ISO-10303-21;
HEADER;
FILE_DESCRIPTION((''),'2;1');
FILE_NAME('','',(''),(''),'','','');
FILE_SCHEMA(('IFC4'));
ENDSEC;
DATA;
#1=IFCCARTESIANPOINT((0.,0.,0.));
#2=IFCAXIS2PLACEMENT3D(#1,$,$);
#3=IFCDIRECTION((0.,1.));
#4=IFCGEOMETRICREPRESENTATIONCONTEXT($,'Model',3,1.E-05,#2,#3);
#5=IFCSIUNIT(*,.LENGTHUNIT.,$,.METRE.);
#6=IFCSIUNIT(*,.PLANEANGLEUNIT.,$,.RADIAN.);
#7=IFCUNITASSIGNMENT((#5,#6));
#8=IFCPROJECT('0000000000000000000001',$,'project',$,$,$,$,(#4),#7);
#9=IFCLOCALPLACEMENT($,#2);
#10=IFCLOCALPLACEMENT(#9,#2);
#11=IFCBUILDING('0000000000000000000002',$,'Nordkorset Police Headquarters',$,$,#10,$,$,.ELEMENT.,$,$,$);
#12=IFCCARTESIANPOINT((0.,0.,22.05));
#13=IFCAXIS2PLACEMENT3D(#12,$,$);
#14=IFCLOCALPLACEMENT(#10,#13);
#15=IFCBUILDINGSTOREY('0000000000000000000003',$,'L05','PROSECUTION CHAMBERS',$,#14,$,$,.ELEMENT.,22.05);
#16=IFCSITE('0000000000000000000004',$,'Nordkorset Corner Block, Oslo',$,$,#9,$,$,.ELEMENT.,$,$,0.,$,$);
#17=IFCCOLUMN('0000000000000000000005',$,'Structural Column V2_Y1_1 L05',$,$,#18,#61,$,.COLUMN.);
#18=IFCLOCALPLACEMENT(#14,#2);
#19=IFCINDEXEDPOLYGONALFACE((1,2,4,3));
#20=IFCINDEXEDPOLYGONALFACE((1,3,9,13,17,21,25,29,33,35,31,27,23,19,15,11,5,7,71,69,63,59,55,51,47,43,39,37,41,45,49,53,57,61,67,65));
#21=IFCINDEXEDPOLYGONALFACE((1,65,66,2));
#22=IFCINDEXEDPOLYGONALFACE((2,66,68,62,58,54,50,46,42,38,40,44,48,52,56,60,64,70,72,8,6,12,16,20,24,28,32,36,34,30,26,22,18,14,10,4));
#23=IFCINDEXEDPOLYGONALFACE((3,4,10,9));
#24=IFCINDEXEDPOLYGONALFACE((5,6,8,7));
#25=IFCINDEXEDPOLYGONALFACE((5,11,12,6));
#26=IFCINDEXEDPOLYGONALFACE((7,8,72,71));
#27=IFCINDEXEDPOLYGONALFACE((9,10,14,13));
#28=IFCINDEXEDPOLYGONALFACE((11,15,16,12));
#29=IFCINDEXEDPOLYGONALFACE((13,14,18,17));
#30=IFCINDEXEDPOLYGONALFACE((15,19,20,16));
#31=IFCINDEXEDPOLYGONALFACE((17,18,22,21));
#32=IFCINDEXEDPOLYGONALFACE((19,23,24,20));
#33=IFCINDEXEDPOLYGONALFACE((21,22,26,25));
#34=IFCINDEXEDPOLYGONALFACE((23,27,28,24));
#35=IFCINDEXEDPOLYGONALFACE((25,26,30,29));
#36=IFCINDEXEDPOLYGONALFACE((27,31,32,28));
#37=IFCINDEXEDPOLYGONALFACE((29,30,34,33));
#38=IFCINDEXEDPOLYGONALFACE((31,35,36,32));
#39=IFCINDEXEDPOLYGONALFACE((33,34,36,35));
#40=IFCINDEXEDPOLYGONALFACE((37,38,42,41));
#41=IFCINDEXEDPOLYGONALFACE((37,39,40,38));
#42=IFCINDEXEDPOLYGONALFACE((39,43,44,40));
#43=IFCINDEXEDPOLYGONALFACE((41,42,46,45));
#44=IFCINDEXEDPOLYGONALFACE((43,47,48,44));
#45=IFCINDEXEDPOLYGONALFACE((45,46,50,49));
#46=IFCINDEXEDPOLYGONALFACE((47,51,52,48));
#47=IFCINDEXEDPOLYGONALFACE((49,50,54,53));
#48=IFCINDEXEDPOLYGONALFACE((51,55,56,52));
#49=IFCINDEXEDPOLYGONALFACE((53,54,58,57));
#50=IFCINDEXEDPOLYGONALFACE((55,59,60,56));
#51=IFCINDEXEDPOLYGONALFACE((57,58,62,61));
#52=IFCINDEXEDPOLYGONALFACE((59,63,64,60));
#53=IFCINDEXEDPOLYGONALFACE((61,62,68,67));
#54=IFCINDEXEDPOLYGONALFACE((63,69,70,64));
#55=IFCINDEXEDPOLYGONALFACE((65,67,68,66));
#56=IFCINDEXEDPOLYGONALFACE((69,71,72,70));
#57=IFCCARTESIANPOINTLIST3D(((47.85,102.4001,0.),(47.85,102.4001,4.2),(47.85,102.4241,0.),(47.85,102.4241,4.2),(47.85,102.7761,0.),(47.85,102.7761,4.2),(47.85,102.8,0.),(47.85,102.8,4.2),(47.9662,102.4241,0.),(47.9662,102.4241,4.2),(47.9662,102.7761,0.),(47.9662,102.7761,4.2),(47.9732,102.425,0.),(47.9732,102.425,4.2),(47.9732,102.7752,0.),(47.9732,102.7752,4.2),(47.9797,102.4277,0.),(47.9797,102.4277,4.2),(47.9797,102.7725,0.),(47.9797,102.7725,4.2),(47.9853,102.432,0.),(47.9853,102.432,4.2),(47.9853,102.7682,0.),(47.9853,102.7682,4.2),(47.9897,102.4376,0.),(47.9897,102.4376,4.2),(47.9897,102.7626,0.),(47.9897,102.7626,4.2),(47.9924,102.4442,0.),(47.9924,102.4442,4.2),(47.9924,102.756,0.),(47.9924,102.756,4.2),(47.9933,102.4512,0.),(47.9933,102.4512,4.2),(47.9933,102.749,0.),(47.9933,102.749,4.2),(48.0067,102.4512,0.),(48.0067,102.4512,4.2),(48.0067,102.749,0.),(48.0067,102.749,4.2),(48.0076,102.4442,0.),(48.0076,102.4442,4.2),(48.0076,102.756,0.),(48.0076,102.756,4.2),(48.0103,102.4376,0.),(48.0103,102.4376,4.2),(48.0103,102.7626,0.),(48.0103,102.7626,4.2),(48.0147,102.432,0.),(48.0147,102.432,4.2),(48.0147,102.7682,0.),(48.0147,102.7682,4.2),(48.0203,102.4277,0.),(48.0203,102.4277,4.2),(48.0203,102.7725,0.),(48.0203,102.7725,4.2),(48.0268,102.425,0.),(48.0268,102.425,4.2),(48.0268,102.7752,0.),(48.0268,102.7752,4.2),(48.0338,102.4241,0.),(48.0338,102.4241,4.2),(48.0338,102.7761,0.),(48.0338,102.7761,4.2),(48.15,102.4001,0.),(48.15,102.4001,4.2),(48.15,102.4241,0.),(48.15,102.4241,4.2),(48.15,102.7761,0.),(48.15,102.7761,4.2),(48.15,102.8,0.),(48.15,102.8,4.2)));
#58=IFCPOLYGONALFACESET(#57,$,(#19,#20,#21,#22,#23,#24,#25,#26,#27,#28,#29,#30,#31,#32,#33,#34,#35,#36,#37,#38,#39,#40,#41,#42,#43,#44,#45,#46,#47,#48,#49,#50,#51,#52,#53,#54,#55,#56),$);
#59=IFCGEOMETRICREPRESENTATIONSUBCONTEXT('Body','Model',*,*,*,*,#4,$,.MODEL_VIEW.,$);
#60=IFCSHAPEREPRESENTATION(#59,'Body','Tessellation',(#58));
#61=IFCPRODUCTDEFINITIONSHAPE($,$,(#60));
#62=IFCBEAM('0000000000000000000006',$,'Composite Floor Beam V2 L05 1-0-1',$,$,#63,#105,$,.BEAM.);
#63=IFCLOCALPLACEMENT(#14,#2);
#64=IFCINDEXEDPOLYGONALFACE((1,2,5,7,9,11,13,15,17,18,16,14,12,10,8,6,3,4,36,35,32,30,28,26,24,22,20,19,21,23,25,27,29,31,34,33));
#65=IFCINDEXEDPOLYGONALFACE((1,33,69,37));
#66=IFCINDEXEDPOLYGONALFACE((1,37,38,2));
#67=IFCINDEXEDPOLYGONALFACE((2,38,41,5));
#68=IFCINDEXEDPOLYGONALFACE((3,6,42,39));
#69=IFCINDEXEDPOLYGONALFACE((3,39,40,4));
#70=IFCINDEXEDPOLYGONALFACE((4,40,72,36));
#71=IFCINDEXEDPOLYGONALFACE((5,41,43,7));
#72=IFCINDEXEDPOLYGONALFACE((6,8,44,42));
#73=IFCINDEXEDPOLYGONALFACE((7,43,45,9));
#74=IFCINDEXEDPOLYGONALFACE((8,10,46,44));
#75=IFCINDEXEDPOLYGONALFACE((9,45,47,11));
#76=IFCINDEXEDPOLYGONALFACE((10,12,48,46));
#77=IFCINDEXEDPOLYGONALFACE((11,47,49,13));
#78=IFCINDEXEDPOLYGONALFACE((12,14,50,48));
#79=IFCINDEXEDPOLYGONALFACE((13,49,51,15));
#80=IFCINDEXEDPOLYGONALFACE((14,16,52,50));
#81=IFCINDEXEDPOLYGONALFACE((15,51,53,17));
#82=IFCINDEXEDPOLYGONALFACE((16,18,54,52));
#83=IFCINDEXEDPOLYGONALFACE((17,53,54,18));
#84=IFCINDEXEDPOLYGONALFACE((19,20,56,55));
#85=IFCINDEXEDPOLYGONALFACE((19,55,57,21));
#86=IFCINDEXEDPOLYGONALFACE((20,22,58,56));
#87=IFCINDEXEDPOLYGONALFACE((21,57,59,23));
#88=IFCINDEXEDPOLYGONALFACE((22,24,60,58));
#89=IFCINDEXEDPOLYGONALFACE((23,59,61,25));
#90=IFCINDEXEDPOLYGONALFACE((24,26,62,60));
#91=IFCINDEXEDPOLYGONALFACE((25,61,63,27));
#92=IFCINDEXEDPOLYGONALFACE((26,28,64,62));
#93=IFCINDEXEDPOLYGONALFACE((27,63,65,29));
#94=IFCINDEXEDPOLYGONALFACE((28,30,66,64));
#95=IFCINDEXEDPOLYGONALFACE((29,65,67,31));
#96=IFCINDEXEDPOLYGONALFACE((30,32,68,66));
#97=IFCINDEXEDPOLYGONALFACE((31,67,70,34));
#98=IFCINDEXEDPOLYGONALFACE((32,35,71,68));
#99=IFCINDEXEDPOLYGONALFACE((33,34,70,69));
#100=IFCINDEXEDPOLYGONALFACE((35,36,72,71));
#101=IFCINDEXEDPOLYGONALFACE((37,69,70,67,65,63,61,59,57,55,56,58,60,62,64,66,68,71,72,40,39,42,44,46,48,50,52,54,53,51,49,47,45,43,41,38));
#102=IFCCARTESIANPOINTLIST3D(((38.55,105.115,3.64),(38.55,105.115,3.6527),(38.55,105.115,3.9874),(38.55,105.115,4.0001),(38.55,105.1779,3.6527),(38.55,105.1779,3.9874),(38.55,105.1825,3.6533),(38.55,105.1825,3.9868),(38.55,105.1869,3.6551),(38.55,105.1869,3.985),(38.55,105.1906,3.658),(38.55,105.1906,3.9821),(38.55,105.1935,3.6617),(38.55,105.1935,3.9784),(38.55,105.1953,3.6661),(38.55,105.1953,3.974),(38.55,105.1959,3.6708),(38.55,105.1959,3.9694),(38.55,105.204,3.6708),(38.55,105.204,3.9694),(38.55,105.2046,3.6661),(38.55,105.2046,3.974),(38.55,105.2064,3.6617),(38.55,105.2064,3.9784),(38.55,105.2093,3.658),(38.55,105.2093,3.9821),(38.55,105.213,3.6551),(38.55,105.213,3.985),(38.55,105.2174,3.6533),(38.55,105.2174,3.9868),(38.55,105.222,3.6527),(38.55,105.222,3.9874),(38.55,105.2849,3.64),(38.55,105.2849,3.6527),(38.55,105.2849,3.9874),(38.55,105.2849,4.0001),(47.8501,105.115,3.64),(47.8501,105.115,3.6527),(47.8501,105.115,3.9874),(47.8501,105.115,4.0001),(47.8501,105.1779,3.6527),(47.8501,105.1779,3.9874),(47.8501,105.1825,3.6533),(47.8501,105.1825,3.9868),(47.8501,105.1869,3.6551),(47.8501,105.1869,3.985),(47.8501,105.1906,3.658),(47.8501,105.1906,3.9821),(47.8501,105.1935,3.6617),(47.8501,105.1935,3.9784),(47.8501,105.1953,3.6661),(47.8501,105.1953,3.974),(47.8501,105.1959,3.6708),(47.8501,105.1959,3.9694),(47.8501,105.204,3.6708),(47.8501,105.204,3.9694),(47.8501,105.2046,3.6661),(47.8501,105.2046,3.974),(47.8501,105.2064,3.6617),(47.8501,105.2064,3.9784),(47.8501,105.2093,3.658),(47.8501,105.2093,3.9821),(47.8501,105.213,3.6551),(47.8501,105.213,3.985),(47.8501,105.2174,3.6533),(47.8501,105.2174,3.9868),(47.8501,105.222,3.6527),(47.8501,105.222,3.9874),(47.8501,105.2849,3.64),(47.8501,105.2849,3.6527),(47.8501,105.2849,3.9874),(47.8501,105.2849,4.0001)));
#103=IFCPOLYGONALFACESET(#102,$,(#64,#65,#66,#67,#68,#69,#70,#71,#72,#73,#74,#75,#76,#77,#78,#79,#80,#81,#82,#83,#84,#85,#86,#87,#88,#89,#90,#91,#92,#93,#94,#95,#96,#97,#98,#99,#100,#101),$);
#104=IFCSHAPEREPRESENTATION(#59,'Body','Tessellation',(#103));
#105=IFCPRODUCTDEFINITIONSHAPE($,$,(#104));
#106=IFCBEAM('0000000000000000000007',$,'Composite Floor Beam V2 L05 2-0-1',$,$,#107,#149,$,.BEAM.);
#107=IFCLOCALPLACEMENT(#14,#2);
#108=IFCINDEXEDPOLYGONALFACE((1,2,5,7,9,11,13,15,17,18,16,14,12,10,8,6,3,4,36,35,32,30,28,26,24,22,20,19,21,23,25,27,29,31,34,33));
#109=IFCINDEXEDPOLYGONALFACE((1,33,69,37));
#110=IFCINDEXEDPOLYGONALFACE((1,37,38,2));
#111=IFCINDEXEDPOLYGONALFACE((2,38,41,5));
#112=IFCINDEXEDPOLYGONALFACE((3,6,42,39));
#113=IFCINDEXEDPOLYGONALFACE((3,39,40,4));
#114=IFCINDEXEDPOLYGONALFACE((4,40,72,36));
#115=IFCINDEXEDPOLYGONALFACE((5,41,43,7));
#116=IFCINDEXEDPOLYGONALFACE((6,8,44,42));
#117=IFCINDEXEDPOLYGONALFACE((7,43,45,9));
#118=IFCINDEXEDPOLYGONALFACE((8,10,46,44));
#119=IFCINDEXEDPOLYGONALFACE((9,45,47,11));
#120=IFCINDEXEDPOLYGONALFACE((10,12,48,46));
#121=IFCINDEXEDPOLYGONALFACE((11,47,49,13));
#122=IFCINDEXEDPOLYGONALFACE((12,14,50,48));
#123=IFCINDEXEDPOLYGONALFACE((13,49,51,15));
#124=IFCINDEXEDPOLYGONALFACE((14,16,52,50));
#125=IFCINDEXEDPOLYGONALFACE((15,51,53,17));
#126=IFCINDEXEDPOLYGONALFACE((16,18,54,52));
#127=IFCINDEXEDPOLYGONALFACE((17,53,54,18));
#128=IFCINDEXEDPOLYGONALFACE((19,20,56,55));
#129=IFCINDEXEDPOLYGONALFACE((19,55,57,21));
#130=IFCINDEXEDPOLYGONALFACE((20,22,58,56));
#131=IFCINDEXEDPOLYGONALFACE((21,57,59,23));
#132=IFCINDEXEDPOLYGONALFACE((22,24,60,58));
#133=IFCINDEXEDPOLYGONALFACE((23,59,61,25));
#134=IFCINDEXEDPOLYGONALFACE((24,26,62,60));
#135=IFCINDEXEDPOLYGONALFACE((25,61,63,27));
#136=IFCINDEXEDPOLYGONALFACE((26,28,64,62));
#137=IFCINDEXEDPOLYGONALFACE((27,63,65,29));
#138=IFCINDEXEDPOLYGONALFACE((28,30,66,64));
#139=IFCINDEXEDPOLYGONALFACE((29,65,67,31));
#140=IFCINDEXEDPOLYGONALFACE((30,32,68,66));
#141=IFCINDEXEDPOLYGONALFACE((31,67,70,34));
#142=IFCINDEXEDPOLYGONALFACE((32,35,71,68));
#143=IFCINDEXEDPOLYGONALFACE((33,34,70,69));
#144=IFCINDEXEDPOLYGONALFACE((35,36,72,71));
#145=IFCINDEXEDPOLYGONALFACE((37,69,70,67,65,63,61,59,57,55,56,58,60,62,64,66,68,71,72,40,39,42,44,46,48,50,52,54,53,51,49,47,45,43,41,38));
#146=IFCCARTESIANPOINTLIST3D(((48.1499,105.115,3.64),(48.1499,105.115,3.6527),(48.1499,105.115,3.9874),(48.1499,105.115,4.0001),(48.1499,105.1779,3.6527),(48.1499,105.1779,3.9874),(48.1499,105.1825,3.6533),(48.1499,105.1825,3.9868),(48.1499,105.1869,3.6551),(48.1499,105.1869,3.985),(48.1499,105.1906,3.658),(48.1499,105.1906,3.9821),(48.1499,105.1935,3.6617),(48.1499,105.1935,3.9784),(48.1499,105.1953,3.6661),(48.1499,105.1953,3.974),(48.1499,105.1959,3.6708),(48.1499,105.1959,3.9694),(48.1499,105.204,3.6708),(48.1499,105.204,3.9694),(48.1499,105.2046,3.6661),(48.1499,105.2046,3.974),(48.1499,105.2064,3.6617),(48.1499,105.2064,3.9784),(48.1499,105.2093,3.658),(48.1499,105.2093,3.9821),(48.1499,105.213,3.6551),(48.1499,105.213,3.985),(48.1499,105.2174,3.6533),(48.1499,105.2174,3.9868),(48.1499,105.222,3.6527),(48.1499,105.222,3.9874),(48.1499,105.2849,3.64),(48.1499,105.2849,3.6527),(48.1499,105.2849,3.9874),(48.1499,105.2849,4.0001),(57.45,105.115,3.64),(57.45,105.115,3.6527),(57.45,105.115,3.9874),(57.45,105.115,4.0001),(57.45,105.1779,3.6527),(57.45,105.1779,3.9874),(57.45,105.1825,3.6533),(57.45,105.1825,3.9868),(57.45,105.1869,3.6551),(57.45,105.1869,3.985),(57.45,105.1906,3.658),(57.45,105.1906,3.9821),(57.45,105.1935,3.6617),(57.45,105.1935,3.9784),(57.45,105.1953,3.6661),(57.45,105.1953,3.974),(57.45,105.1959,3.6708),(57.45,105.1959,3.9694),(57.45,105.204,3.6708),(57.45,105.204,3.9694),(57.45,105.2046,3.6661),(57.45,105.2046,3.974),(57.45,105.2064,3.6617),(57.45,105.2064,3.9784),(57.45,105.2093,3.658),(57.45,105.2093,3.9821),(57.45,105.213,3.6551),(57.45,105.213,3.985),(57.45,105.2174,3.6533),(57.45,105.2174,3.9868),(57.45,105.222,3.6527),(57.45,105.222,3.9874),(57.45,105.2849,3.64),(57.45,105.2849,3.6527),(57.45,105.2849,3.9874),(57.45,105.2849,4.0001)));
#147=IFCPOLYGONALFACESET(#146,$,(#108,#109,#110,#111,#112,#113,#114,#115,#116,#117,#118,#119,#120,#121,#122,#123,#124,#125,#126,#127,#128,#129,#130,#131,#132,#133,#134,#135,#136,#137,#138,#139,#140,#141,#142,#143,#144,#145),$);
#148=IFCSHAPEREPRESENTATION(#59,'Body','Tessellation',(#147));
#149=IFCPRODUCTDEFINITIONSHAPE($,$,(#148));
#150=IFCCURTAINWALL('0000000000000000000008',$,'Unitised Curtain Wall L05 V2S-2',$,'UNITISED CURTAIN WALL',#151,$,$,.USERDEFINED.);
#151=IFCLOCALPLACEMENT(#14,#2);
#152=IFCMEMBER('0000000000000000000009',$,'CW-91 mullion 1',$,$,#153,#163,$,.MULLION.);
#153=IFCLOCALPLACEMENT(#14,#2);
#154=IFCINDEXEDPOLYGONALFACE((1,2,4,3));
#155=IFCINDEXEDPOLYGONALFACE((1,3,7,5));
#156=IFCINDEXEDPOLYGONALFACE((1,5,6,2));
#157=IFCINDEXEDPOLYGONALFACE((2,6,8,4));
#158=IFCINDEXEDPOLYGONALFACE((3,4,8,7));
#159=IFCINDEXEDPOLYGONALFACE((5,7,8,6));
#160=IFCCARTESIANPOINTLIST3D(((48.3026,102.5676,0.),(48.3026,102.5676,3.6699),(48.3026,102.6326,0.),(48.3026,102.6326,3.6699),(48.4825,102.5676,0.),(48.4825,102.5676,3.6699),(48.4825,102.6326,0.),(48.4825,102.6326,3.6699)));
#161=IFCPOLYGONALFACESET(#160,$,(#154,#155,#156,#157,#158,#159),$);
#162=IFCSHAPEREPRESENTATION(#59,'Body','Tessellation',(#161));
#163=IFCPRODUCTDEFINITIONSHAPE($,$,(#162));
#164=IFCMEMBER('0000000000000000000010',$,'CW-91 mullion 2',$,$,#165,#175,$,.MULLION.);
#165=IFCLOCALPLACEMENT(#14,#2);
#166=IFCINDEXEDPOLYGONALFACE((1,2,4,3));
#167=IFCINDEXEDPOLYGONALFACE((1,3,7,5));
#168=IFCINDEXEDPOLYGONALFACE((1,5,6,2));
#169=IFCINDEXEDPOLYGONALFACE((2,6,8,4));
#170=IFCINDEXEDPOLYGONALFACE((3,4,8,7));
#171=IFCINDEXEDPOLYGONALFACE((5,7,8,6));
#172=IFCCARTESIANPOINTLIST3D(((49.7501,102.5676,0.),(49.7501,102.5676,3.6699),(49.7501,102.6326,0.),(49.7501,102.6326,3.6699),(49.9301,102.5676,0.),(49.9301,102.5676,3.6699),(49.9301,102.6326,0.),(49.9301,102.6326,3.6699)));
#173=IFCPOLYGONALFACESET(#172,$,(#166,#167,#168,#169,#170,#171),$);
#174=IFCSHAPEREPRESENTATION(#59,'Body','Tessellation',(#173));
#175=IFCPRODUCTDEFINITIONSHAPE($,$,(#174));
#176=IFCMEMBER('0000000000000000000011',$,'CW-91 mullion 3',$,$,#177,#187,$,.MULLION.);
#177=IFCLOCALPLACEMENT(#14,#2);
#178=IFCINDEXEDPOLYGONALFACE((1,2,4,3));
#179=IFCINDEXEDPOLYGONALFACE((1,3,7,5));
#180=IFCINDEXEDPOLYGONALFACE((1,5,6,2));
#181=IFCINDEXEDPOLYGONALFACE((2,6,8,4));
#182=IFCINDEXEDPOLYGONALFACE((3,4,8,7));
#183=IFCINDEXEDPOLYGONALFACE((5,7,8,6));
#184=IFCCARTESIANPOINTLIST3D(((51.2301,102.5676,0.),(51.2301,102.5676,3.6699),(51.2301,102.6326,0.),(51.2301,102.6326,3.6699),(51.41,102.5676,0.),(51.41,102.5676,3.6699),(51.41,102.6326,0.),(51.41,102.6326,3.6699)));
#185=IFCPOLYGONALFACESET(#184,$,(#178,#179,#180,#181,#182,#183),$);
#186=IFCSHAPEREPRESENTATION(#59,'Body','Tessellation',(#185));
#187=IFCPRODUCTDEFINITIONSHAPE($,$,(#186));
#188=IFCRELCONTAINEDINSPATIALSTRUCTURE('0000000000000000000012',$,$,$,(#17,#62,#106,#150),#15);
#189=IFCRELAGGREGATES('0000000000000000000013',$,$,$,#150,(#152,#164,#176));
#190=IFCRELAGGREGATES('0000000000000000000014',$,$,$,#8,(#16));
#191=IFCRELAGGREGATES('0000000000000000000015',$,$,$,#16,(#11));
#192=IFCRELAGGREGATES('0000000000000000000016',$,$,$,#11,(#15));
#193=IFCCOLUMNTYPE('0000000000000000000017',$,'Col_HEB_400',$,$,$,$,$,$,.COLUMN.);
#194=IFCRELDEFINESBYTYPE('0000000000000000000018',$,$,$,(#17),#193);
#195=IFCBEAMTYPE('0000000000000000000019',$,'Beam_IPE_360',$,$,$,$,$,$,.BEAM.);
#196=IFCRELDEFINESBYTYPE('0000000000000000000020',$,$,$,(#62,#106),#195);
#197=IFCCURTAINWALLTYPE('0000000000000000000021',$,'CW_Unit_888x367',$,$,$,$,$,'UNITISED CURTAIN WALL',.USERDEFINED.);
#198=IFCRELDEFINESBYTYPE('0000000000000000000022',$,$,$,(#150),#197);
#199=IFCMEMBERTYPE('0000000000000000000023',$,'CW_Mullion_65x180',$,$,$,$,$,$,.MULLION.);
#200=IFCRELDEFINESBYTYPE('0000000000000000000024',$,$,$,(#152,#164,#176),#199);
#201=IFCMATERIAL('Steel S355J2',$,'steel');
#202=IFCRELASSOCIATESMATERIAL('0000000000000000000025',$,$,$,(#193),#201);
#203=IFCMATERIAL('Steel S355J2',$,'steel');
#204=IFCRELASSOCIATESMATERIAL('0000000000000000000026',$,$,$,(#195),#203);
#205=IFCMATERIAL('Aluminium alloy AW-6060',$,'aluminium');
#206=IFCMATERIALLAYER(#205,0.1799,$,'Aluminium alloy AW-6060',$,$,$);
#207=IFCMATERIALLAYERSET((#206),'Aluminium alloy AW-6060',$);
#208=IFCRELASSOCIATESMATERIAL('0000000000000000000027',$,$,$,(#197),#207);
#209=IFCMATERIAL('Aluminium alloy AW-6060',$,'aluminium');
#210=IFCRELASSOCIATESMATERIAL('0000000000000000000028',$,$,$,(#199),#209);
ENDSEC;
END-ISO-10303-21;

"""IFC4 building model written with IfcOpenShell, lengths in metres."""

from ifc_helpers import new_model, si_unit, direction, frame, origin, origin_2d, place, context, subcontext, project, spatial, rectangle, i_section, extrude, material, layer, layer_set, material_profile, profile_set, type_object, element, aggregate, save


model = new_model("IFC4")

# Units and contexts
model_context = context("Model", 3, precision=1e-05, world=origin(), true_north=direction((0.0, 1.0)))
body_context = subcontext(model_context, "Body", "Model", "MODEL_VIEW")
ifc_project = project(units=[si_unit("LENGTHUNIT", "METRE"), si_unit("PLANEANGLEUNIT", "RADIAN")], contexts=[model_context])

# Site, building, storey
site_placement = place(None, origin())
site = spatial("IfcSite", under=ifc_project, at=site_placement, Name="Nordkorset Corner Block, Oslo", CompositionType="ELEMENT", RefElevation=0.0)
building_placement = place(site_placement, origin())
building = spatial("IfcBuilding", under=site, at=building_placement, Name="Nordkorset Police Headquarters", CompositionType="ELEMENT")
storey_placement = place(building_placement, frame((0.0, 0.0, 22.05)))
storey = spatial("IfcBuildingStorey", under=building, at=storey_placement, Name="L05", Description="PROSECUTION CHAMBERS", CompositionType="ELEMENT", Elevation=22.05)

# Column
ifc_material_1 = material(Name="Steel S355J2", Category="steel")
ifc_material_profile_1 = material_profile(ifc_material_1, i_section(OverallWidth=0.3, OverallDepth=0.3999, WebThickness=0.0134, FlangeThickness=0.0239, FilletRadius=0.0271, at=origin_2d()), Name="HEB 400")
ifc_profile_set_1 = profile_set([ifc_material_profile_1], Name="Steel S355J2")
column_type = type_object("IfcColumnType", Name="Col_HEB_400", PredefinedType="COLUMN", material=ifc_profile_set_1)
column_placement = place(storey_placement, frame((48.0, 102.6001, 0.0), z_axis=(0.0, 0.0, 1.0), x_axis=(1.0, 0.0, 0.0)))
element("IfcColumn", 1, at=column_placement, inside=storey, type_object=column_type, Name="Structural Column V2_Y1_1 L05", PredefinedType="COLUMN", context=body_context, shape_type="SweptSolid", body=[
    extrude(i_section(OverallWidth=0.3, OverallDepth=0.3999, WebThickness=0.0134, FlangeThickness=0.0239, FilletRadius=0.0271, at=origin_2d()), origin(), (0.0, 0.0, 1.0), 4.2),
])

# Beams
ifc_material_2 = material(Name="Steel S355J2", Category="steel")
ifc_material_profile_2 = material_profile(ifc_material_2, i_section(OverallWidth=0.1699, OverallDepth=0.3601, WebThickness=0.0081, FlangeThickness=0.0127, FilletRadius=0.0181, at=origin_2d()), Name="IPE 360")
ifc_profile_set_2 = profile_set([ifc_material_profile_2], Name="Steel S355J2")
beam_type_1 = type_object("IfcBeamType", Name="Beam_IPE_360", PredefinedType="BEAM", material=ifc_profile_set_2)
for number, where, z_axis, x_axis, name in (
    (2, (38.55, 105.2, 3.8201), (1.0, 0.0, 0.0), (0.0, 1.0, 0.0), "Composite Floor Beam V2 L05 1-0-1"),
    (3, (48.1499, 105.2, 3.8201), (1.0, 0.0, 0.0), (0.0, 1.0, 0.0), "Composite Floor Beam V2 L05 2-0-1"),
):
    element("IfcBeam", number, at=place(storey_placement, frame(where, z_axis=z_axis, x_axis=x_axis)), inside=storey, type_object=beam_type_1, Name=name, PredefinedType="BEAM", context=body_context, shape_type="SweptSolid", body=[
        extrude(i_section(OverallWidth=0.1699, OverallDepth=0.3601, WebThickness=0.0081, FlangeThickness=0.0127, FilletRadius=0.0181, at=origin_2d()), origin(), (0.0, 0.0, 1.0), 9.3),
    ])

# Curtain wall, members
ifc_material_3 = material(Name="Aluminium alloy AW-6060", Category="aluminium")
ifc_layer_1 = layer(ifc_material_3, 0.1799, Name="Aluminium alloy AW-6060")
ifc_layer_set_1 = layer_set([ifc_layer_1], Name="Aluminium alloy AW-6060")
curtain_wall_type = type_object("IfcCurtainWallType", Name="CW_Unit_888x367", ElementType="UNITISED CURTAIN WALL", PredefinedType="USERDEFINED", material=ifc_layer_set_1)
curtain_wall_placement = place(storey_placement, origin())
curtain_wall = element("IfcCurtainWall", 4, at=curtain_wall_placement, inside=storey, type_object=curtain_wall_type, Name="Unitised Curtain Wall L05 V2S-2", ObjectType="UNITISED CURTAIN WALL", PredefinedType="USERDEFINED")
ifc_material_4 = material(Name="Aluminium alloy AW-6060", Category="aluminium")
ifc_material_profile_3 = material_profile(ifc_material_4, rectangle(XDim=0.0649, YDim=0.1799, at=origin_2d()), Name="ALU MULL 65x180")
ifc_profile_set_3 = profile_set([ifc_material_profile_3], Name="Aluminium alloy AW-6060")
member_type_1 = type_object("IfcMemberType", Name="CW_Mullion_65x180", PredefinedType="MULLION", material=ifc_profile_set_3)
member_1_placement = place(storey_placement, frame((48.3926, 102.6001, 0.0), z_axis=(0.0, 0.0, 1.0), x_axis=(0.0, 1.0, 0.0)))
member_1 = element("IfcMember", 5, at=member_1_placement, type_object=member_type_1, Name="CW-91 mullion 1", PredefinedType="MULLION", context=body_context, shape_type="SweptSolid", body=[
    extrude(rectangle(XDim=0.0649, YDim=0.1799, at=origin_2d()), origin(), (0.0, 0.0, 1.0), 3.6699),
])
member_2_placement = place(storey_placement, frame((49.8401, 102.6001, 0.0), z_axis=(0.0, 0.0, 1.0), x_axis=(0.0, 1.0, 0.0)))
member_2 = element("IfcMember", 6, at=member_2_placement, type_object=member_type_1, Name="CW-91 mullion 2", PredefinedType="MULLION", context=body_context, shape_type="SweptSolid", body=[
    extrude(rectangle(XDim=0.0649, YDim=0.1799, at=origin_2d()), origin(), (0.0, 0.0, 1.0), 3.6699),
])
member_3_placement = place(storey_placement, frame((51.3201, 102.6001, 0.0), z_axis=(0.0, 0.0, 1.0), x_axis=(0.0, 1.0, 0.0)))
member_3 = element("IfcMember", 7, at=member_3_placement, type_object=member_type_1, Name="CW-91 mullion 3", PredefinedType="MULLION", context=body_context, shape_type="SweptSolid", body=[
    extrude(rectangle(XDim=0.0649, YDim=0.1799, at=origin_2d()), origin(), (0.0, 0.0, 1.0), 3.6699),
])

aggregate(curtain_wall, [member_1, member_2, member_3])

save(model, "model.ifc")
